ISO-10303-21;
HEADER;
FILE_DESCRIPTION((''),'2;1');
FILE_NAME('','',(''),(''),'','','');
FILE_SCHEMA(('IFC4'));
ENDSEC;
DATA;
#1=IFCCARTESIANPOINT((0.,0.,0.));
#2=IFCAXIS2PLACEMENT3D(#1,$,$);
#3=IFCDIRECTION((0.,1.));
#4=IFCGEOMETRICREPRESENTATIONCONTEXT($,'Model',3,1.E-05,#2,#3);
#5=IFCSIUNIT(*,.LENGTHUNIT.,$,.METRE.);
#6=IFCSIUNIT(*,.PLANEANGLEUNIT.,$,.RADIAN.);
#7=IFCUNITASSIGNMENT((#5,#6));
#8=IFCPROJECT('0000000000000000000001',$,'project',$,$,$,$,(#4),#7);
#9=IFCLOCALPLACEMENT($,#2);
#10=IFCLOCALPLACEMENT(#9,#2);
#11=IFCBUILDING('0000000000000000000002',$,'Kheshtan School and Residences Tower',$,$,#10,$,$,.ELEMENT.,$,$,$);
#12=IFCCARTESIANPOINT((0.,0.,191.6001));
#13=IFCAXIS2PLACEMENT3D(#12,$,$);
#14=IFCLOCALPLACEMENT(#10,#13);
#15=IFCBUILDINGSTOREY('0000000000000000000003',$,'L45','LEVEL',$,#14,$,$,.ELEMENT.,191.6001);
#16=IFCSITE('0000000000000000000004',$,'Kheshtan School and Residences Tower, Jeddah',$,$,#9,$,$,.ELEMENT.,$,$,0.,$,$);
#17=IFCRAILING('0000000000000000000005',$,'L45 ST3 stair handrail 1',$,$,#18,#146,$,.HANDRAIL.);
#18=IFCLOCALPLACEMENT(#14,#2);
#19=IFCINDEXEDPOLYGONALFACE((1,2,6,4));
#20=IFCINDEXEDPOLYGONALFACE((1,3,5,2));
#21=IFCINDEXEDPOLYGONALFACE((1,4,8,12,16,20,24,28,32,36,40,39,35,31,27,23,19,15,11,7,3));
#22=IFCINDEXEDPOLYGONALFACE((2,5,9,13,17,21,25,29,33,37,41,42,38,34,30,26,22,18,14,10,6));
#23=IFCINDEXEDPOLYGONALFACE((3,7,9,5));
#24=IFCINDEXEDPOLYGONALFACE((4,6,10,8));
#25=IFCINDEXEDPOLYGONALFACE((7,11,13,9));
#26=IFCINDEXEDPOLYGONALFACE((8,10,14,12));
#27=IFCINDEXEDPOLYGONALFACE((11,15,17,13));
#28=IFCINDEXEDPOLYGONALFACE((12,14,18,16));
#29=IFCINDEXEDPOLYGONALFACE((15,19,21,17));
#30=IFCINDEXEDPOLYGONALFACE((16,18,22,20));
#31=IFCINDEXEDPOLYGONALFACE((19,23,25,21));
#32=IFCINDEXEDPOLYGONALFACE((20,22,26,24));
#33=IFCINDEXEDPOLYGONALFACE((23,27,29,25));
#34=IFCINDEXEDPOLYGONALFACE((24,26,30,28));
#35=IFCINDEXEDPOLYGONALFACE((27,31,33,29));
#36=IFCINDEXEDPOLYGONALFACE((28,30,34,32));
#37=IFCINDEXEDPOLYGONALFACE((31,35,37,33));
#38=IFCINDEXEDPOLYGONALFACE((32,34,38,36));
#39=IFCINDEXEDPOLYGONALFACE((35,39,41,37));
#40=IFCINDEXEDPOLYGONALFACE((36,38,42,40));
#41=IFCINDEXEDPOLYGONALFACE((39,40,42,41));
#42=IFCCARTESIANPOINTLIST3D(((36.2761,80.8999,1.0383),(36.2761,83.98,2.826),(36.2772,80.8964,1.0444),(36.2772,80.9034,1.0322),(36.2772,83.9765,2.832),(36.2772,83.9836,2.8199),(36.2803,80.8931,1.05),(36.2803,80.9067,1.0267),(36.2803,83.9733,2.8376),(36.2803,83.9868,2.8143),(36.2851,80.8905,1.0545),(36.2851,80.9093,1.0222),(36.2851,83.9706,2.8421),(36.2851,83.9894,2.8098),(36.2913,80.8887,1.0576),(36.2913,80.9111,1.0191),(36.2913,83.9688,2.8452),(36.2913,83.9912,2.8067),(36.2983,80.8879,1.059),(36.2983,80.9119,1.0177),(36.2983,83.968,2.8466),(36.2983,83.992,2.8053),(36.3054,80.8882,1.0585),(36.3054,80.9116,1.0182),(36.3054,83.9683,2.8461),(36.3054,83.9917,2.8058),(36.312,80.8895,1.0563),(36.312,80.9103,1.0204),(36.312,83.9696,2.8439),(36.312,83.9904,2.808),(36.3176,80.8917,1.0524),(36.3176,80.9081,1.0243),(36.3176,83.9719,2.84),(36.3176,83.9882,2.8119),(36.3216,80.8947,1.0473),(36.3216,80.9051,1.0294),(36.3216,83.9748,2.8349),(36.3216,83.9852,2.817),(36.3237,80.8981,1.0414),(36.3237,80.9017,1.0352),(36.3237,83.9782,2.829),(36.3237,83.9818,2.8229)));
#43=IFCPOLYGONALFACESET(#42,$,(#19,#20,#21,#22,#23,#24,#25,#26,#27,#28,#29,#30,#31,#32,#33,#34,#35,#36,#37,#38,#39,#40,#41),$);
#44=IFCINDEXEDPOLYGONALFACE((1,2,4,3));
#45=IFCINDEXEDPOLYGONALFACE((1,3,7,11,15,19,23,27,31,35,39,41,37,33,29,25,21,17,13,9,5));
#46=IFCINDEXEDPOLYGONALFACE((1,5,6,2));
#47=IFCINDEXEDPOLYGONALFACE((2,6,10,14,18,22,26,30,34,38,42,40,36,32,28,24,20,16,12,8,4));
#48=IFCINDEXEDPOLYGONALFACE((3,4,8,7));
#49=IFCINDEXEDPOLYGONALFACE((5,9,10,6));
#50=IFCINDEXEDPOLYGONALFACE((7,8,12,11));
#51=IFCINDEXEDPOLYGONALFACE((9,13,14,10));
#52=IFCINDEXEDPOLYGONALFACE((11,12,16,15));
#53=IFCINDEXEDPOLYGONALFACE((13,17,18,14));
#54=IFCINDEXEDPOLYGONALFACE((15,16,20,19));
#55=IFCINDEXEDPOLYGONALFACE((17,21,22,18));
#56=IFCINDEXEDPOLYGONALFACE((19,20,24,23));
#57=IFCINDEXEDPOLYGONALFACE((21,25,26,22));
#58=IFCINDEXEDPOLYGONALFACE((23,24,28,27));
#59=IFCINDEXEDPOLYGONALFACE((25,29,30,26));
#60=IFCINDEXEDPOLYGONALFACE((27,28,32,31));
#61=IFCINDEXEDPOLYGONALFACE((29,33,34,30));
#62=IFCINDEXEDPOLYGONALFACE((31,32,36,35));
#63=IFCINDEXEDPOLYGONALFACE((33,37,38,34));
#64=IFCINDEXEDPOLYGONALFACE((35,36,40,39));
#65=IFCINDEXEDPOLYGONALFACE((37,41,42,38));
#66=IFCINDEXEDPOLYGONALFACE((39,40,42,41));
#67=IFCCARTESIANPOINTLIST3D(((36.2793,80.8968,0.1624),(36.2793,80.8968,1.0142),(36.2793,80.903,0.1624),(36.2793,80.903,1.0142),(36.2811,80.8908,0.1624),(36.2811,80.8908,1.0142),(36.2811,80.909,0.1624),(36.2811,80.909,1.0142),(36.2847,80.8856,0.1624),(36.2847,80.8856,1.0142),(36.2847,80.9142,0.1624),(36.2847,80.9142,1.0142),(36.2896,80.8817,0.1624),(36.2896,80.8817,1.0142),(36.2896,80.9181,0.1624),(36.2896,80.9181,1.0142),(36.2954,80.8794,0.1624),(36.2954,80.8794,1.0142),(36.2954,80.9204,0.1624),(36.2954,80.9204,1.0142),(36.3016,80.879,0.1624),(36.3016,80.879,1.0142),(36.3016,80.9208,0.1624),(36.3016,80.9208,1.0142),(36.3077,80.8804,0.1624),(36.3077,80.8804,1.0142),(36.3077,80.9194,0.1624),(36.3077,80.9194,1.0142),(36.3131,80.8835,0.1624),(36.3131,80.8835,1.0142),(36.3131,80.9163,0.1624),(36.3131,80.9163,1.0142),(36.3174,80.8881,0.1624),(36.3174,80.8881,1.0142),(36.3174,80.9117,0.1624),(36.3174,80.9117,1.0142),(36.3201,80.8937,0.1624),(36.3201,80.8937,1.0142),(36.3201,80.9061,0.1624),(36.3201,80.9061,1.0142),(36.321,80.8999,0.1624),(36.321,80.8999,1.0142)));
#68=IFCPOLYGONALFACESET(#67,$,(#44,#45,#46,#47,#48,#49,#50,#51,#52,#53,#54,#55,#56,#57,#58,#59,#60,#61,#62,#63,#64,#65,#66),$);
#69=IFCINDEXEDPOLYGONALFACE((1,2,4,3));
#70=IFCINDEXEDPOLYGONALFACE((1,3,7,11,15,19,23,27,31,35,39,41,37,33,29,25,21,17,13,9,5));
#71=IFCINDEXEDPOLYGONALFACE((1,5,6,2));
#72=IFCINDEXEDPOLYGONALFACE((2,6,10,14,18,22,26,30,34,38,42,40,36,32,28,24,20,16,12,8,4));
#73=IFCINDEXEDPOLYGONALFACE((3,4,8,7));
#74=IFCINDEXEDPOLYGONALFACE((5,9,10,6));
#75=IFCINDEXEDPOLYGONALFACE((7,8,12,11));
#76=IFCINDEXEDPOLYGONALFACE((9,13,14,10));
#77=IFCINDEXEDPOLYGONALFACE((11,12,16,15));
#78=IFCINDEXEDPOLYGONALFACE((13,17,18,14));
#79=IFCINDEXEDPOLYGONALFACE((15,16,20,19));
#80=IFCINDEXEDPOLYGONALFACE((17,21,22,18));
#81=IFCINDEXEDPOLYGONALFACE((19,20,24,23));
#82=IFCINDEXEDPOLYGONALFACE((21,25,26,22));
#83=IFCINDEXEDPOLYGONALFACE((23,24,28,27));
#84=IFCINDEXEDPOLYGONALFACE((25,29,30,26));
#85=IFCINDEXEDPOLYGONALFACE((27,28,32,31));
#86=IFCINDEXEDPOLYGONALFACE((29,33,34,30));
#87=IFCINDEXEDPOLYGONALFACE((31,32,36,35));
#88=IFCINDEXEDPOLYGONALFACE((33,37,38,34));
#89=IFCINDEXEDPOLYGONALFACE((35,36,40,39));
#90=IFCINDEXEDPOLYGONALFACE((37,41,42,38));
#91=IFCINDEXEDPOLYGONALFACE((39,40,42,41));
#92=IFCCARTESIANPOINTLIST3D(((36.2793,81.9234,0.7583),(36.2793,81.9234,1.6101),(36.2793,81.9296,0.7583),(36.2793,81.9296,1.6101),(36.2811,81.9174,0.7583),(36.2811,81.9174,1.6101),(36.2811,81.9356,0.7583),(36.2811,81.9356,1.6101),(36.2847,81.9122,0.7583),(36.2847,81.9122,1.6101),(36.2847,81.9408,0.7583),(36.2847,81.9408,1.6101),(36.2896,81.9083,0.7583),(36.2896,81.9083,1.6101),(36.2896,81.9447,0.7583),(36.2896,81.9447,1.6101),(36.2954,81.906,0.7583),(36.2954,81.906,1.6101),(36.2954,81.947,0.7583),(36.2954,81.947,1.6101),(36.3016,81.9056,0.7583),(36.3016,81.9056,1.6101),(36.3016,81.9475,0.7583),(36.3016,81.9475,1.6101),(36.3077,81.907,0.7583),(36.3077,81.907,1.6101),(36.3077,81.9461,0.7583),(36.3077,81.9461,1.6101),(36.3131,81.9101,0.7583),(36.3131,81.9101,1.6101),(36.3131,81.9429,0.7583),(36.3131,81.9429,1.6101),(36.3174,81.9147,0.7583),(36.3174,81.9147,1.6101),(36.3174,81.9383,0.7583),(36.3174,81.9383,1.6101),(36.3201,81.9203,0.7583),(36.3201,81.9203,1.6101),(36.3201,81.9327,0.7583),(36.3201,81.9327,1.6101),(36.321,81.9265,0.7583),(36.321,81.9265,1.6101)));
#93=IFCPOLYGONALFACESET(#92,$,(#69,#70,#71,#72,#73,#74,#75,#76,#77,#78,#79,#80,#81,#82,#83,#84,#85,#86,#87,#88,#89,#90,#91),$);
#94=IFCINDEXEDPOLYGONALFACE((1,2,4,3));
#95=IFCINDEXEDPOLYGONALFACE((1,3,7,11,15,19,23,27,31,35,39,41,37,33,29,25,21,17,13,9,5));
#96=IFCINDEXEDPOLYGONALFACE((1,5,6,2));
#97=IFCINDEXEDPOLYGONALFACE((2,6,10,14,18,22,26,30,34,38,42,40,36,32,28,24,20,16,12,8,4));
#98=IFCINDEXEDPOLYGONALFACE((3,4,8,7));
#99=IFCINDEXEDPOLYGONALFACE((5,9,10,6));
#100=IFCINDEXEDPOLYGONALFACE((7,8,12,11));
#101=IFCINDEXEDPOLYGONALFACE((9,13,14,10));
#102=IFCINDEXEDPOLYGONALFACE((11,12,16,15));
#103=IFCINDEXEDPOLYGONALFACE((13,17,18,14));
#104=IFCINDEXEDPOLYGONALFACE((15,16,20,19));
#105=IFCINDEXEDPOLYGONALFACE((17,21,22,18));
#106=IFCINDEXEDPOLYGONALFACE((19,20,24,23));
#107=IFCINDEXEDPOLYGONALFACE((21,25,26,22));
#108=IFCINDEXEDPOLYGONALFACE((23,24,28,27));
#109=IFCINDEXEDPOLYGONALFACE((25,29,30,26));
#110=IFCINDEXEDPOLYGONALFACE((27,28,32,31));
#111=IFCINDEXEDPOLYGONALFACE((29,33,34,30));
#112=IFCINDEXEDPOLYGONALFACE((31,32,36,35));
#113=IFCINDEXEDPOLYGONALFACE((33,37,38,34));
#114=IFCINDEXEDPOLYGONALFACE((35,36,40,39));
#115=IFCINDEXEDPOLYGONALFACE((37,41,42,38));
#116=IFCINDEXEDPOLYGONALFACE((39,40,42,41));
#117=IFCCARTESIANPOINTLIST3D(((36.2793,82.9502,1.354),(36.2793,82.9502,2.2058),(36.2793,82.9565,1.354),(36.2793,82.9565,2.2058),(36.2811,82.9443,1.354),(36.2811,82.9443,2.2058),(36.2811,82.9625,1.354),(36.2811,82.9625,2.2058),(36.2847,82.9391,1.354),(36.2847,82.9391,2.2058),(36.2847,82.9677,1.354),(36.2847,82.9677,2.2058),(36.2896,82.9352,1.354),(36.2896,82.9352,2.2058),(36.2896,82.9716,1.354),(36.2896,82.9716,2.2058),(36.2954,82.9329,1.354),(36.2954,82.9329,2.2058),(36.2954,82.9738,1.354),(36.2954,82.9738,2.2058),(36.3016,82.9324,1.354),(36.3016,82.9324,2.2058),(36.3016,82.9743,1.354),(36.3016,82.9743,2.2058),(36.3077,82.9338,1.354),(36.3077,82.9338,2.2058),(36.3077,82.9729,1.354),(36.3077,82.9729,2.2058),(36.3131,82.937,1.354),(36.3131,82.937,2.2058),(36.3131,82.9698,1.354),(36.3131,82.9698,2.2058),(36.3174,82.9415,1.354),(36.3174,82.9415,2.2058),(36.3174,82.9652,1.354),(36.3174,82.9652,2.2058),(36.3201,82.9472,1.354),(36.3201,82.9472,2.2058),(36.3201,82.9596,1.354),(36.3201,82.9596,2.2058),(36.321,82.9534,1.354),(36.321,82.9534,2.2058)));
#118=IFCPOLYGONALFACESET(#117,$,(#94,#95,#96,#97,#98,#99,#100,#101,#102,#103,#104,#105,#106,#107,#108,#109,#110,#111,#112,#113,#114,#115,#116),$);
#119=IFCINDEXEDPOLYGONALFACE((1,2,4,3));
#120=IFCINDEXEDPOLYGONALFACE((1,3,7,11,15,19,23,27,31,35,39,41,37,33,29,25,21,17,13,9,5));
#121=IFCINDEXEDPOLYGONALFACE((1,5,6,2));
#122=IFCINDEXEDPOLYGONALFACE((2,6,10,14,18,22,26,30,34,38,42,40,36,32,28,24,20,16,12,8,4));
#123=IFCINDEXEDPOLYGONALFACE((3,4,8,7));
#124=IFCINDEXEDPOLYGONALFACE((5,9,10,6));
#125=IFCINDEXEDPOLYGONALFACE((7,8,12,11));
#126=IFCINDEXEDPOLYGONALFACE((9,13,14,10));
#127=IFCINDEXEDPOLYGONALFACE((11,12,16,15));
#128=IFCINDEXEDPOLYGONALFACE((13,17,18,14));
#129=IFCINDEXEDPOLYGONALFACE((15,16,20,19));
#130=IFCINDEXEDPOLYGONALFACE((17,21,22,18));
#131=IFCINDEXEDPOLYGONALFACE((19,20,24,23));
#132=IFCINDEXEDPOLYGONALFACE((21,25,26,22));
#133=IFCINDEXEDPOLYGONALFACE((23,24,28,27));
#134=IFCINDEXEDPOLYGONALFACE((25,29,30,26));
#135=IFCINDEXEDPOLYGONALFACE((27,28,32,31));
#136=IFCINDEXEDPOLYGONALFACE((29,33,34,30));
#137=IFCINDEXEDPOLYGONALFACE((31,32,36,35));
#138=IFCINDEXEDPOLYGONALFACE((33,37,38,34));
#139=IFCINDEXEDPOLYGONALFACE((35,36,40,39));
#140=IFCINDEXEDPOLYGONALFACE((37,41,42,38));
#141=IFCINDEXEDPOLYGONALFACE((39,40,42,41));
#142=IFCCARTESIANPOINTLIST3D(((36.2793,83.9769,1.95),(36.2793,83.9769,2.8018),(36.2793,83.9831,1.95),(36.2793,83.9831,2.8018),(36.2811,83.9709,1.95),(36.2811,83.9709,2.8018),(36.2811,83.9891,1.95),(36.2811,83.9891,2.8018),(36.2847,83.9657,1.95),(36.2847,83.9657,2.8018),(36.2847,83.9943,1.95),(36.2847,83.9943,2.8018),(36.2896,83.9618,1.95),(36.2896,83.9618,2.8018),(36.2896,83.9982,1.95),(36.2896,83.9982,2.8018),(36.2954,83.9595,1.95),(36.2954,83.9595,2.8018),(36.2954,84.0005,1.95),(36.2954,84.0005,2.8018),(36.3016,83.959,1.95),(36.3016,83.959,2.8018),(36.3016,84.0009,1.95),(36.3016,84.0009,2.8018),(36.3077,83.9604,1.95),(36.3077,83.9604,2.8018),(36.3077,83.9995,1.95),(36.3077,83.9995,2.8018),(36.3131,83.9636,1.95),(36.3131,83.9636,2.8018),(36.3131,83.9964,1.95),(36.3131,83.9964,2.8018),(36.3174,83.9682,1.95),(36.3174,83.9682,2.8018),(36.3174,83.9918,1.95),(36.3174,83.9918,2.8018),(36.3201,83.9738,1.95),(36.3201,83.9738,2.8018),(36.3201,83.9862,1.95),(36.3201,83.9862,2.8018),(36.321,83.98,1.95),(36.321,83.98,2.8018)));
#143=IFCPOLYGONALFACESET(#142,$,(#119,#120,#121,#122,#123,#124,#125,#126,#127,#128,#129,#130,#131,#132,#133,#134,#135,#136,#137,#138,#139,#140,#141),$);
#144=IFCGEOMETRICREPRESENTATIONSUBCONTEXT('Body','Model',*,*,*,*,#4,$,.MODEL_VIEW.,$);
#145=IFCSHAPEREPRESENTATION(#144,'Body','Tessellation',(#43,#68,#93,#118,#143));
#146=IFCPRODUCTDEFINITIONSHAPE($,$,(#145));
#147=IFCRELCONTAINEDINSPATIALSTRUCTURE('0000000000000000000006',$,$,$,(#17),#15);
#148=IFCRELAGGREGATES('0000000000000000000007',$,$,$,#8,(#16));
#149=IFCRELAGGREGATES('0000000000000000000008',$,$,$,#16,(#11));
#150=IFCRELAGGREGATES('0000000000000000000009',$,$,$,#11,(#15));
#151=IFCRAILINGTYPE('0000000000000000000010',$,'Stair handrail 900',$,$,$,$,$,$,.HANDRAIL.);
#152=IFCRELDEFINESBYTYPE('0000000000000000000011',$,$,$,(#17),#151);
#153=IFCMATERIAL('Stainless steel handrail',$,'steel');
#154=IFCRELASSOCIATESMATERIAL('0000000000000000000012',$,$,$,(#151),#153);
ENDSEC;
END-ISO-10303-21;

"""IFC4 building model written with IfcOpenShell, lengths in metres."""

from ifc_helpers import new_model, si_unit, direction, frame, origin, origin_2d, place, context, subcontext, project, spatial, circle, extrude, material, type_object, element, save


model = new_model("IFC4")

# Units and contexts
model_context = context("Model", 3, precision=1e-05, world=origin(), true_north=direction((0.0, 1.0)))
body_context = subcontext(model_context, "Body", "Model", "MODEL_VIEW")
ifc_project = project(units=[si_unit("LENGTHUNIT", "METRE"), si_unit("PLANEANGLEUNIT", "RADIAN")], contexts=[model_context])

# Site, building, storey
site_placement = place(None, origin())
site = spatial("IfcSite", under=ifc_project, at=site_placement, Name="Kheshtan School and Residences Tower, Jeddah", CompositionType="ELEMENT", RefElevation=0.0)
building_placement = place(site_placement, origin())
building = spatial("IfcBuilding", under=site, at=building_placement, Name="Kheshtan School and Residences Tower", CompositionType="ELEMENT")
storey_placement = place(building_placement, frame((0.0, 0.0, 191.6001)))
storey = spatial("IfcBuildingStorey", under=building, at=storey_placement, Name="L45", Description="LEVEL", CompositionType="ELEMENT", Elevation=191.6001)

# Railing
ifc_material_1 = material(Name="Stainless steel handrail", Category="steel")
railing_type_1 = type_object("IfcRailingType", Name="Stair handrail 900", PredefinedType="HANDRAIL", material=ifc_material_1)
railing_1_placement = place(storey_placement, frame((36.3, 80.8999, 0.1624)))
element("IfcRailing", 1, at=railing_1_placement, inside=storey, type_object=railing_type_1, Name="L45 ST3 stair handrail 1", PredefinedType="HANDRAIL", context=body_context, shape_type="SweptSolid", body=[
    extrude(circle(Radius=0.0239, at=origin_2d()), frame((0.0, 0.0, 0.876), z_axis=(0.0, 0.864891, 0.50196), x_axis=(-1.0, 0.0, 0.0)), (0.0, 0.0, 1.0), 3.5613),
    extrude(circle(Radius=0.021, at=origin_2d()), origin(), (0.0, 0.0, 1.0), 0.8518),
    extrude(circle(Radius=0.021, at=origin_2d()), frame((0.0, 1.0266, 0.5959)), (0.0, 0.0, 1.0), 0.8518),
    extrude(circle(Radius=0.021, at=origin_2d()), frame((0.0, 2.0535, 1.1917)), (0.0, 0.0, 1.0), 0.8518),
    extrude(circle(Radius=0.021, at=origin_2d()), frame((0.0, 3.0801, 1.7876)), (0.0, 0.0, 1.0), 0.8518),
])

save(model, "model.ifc")
